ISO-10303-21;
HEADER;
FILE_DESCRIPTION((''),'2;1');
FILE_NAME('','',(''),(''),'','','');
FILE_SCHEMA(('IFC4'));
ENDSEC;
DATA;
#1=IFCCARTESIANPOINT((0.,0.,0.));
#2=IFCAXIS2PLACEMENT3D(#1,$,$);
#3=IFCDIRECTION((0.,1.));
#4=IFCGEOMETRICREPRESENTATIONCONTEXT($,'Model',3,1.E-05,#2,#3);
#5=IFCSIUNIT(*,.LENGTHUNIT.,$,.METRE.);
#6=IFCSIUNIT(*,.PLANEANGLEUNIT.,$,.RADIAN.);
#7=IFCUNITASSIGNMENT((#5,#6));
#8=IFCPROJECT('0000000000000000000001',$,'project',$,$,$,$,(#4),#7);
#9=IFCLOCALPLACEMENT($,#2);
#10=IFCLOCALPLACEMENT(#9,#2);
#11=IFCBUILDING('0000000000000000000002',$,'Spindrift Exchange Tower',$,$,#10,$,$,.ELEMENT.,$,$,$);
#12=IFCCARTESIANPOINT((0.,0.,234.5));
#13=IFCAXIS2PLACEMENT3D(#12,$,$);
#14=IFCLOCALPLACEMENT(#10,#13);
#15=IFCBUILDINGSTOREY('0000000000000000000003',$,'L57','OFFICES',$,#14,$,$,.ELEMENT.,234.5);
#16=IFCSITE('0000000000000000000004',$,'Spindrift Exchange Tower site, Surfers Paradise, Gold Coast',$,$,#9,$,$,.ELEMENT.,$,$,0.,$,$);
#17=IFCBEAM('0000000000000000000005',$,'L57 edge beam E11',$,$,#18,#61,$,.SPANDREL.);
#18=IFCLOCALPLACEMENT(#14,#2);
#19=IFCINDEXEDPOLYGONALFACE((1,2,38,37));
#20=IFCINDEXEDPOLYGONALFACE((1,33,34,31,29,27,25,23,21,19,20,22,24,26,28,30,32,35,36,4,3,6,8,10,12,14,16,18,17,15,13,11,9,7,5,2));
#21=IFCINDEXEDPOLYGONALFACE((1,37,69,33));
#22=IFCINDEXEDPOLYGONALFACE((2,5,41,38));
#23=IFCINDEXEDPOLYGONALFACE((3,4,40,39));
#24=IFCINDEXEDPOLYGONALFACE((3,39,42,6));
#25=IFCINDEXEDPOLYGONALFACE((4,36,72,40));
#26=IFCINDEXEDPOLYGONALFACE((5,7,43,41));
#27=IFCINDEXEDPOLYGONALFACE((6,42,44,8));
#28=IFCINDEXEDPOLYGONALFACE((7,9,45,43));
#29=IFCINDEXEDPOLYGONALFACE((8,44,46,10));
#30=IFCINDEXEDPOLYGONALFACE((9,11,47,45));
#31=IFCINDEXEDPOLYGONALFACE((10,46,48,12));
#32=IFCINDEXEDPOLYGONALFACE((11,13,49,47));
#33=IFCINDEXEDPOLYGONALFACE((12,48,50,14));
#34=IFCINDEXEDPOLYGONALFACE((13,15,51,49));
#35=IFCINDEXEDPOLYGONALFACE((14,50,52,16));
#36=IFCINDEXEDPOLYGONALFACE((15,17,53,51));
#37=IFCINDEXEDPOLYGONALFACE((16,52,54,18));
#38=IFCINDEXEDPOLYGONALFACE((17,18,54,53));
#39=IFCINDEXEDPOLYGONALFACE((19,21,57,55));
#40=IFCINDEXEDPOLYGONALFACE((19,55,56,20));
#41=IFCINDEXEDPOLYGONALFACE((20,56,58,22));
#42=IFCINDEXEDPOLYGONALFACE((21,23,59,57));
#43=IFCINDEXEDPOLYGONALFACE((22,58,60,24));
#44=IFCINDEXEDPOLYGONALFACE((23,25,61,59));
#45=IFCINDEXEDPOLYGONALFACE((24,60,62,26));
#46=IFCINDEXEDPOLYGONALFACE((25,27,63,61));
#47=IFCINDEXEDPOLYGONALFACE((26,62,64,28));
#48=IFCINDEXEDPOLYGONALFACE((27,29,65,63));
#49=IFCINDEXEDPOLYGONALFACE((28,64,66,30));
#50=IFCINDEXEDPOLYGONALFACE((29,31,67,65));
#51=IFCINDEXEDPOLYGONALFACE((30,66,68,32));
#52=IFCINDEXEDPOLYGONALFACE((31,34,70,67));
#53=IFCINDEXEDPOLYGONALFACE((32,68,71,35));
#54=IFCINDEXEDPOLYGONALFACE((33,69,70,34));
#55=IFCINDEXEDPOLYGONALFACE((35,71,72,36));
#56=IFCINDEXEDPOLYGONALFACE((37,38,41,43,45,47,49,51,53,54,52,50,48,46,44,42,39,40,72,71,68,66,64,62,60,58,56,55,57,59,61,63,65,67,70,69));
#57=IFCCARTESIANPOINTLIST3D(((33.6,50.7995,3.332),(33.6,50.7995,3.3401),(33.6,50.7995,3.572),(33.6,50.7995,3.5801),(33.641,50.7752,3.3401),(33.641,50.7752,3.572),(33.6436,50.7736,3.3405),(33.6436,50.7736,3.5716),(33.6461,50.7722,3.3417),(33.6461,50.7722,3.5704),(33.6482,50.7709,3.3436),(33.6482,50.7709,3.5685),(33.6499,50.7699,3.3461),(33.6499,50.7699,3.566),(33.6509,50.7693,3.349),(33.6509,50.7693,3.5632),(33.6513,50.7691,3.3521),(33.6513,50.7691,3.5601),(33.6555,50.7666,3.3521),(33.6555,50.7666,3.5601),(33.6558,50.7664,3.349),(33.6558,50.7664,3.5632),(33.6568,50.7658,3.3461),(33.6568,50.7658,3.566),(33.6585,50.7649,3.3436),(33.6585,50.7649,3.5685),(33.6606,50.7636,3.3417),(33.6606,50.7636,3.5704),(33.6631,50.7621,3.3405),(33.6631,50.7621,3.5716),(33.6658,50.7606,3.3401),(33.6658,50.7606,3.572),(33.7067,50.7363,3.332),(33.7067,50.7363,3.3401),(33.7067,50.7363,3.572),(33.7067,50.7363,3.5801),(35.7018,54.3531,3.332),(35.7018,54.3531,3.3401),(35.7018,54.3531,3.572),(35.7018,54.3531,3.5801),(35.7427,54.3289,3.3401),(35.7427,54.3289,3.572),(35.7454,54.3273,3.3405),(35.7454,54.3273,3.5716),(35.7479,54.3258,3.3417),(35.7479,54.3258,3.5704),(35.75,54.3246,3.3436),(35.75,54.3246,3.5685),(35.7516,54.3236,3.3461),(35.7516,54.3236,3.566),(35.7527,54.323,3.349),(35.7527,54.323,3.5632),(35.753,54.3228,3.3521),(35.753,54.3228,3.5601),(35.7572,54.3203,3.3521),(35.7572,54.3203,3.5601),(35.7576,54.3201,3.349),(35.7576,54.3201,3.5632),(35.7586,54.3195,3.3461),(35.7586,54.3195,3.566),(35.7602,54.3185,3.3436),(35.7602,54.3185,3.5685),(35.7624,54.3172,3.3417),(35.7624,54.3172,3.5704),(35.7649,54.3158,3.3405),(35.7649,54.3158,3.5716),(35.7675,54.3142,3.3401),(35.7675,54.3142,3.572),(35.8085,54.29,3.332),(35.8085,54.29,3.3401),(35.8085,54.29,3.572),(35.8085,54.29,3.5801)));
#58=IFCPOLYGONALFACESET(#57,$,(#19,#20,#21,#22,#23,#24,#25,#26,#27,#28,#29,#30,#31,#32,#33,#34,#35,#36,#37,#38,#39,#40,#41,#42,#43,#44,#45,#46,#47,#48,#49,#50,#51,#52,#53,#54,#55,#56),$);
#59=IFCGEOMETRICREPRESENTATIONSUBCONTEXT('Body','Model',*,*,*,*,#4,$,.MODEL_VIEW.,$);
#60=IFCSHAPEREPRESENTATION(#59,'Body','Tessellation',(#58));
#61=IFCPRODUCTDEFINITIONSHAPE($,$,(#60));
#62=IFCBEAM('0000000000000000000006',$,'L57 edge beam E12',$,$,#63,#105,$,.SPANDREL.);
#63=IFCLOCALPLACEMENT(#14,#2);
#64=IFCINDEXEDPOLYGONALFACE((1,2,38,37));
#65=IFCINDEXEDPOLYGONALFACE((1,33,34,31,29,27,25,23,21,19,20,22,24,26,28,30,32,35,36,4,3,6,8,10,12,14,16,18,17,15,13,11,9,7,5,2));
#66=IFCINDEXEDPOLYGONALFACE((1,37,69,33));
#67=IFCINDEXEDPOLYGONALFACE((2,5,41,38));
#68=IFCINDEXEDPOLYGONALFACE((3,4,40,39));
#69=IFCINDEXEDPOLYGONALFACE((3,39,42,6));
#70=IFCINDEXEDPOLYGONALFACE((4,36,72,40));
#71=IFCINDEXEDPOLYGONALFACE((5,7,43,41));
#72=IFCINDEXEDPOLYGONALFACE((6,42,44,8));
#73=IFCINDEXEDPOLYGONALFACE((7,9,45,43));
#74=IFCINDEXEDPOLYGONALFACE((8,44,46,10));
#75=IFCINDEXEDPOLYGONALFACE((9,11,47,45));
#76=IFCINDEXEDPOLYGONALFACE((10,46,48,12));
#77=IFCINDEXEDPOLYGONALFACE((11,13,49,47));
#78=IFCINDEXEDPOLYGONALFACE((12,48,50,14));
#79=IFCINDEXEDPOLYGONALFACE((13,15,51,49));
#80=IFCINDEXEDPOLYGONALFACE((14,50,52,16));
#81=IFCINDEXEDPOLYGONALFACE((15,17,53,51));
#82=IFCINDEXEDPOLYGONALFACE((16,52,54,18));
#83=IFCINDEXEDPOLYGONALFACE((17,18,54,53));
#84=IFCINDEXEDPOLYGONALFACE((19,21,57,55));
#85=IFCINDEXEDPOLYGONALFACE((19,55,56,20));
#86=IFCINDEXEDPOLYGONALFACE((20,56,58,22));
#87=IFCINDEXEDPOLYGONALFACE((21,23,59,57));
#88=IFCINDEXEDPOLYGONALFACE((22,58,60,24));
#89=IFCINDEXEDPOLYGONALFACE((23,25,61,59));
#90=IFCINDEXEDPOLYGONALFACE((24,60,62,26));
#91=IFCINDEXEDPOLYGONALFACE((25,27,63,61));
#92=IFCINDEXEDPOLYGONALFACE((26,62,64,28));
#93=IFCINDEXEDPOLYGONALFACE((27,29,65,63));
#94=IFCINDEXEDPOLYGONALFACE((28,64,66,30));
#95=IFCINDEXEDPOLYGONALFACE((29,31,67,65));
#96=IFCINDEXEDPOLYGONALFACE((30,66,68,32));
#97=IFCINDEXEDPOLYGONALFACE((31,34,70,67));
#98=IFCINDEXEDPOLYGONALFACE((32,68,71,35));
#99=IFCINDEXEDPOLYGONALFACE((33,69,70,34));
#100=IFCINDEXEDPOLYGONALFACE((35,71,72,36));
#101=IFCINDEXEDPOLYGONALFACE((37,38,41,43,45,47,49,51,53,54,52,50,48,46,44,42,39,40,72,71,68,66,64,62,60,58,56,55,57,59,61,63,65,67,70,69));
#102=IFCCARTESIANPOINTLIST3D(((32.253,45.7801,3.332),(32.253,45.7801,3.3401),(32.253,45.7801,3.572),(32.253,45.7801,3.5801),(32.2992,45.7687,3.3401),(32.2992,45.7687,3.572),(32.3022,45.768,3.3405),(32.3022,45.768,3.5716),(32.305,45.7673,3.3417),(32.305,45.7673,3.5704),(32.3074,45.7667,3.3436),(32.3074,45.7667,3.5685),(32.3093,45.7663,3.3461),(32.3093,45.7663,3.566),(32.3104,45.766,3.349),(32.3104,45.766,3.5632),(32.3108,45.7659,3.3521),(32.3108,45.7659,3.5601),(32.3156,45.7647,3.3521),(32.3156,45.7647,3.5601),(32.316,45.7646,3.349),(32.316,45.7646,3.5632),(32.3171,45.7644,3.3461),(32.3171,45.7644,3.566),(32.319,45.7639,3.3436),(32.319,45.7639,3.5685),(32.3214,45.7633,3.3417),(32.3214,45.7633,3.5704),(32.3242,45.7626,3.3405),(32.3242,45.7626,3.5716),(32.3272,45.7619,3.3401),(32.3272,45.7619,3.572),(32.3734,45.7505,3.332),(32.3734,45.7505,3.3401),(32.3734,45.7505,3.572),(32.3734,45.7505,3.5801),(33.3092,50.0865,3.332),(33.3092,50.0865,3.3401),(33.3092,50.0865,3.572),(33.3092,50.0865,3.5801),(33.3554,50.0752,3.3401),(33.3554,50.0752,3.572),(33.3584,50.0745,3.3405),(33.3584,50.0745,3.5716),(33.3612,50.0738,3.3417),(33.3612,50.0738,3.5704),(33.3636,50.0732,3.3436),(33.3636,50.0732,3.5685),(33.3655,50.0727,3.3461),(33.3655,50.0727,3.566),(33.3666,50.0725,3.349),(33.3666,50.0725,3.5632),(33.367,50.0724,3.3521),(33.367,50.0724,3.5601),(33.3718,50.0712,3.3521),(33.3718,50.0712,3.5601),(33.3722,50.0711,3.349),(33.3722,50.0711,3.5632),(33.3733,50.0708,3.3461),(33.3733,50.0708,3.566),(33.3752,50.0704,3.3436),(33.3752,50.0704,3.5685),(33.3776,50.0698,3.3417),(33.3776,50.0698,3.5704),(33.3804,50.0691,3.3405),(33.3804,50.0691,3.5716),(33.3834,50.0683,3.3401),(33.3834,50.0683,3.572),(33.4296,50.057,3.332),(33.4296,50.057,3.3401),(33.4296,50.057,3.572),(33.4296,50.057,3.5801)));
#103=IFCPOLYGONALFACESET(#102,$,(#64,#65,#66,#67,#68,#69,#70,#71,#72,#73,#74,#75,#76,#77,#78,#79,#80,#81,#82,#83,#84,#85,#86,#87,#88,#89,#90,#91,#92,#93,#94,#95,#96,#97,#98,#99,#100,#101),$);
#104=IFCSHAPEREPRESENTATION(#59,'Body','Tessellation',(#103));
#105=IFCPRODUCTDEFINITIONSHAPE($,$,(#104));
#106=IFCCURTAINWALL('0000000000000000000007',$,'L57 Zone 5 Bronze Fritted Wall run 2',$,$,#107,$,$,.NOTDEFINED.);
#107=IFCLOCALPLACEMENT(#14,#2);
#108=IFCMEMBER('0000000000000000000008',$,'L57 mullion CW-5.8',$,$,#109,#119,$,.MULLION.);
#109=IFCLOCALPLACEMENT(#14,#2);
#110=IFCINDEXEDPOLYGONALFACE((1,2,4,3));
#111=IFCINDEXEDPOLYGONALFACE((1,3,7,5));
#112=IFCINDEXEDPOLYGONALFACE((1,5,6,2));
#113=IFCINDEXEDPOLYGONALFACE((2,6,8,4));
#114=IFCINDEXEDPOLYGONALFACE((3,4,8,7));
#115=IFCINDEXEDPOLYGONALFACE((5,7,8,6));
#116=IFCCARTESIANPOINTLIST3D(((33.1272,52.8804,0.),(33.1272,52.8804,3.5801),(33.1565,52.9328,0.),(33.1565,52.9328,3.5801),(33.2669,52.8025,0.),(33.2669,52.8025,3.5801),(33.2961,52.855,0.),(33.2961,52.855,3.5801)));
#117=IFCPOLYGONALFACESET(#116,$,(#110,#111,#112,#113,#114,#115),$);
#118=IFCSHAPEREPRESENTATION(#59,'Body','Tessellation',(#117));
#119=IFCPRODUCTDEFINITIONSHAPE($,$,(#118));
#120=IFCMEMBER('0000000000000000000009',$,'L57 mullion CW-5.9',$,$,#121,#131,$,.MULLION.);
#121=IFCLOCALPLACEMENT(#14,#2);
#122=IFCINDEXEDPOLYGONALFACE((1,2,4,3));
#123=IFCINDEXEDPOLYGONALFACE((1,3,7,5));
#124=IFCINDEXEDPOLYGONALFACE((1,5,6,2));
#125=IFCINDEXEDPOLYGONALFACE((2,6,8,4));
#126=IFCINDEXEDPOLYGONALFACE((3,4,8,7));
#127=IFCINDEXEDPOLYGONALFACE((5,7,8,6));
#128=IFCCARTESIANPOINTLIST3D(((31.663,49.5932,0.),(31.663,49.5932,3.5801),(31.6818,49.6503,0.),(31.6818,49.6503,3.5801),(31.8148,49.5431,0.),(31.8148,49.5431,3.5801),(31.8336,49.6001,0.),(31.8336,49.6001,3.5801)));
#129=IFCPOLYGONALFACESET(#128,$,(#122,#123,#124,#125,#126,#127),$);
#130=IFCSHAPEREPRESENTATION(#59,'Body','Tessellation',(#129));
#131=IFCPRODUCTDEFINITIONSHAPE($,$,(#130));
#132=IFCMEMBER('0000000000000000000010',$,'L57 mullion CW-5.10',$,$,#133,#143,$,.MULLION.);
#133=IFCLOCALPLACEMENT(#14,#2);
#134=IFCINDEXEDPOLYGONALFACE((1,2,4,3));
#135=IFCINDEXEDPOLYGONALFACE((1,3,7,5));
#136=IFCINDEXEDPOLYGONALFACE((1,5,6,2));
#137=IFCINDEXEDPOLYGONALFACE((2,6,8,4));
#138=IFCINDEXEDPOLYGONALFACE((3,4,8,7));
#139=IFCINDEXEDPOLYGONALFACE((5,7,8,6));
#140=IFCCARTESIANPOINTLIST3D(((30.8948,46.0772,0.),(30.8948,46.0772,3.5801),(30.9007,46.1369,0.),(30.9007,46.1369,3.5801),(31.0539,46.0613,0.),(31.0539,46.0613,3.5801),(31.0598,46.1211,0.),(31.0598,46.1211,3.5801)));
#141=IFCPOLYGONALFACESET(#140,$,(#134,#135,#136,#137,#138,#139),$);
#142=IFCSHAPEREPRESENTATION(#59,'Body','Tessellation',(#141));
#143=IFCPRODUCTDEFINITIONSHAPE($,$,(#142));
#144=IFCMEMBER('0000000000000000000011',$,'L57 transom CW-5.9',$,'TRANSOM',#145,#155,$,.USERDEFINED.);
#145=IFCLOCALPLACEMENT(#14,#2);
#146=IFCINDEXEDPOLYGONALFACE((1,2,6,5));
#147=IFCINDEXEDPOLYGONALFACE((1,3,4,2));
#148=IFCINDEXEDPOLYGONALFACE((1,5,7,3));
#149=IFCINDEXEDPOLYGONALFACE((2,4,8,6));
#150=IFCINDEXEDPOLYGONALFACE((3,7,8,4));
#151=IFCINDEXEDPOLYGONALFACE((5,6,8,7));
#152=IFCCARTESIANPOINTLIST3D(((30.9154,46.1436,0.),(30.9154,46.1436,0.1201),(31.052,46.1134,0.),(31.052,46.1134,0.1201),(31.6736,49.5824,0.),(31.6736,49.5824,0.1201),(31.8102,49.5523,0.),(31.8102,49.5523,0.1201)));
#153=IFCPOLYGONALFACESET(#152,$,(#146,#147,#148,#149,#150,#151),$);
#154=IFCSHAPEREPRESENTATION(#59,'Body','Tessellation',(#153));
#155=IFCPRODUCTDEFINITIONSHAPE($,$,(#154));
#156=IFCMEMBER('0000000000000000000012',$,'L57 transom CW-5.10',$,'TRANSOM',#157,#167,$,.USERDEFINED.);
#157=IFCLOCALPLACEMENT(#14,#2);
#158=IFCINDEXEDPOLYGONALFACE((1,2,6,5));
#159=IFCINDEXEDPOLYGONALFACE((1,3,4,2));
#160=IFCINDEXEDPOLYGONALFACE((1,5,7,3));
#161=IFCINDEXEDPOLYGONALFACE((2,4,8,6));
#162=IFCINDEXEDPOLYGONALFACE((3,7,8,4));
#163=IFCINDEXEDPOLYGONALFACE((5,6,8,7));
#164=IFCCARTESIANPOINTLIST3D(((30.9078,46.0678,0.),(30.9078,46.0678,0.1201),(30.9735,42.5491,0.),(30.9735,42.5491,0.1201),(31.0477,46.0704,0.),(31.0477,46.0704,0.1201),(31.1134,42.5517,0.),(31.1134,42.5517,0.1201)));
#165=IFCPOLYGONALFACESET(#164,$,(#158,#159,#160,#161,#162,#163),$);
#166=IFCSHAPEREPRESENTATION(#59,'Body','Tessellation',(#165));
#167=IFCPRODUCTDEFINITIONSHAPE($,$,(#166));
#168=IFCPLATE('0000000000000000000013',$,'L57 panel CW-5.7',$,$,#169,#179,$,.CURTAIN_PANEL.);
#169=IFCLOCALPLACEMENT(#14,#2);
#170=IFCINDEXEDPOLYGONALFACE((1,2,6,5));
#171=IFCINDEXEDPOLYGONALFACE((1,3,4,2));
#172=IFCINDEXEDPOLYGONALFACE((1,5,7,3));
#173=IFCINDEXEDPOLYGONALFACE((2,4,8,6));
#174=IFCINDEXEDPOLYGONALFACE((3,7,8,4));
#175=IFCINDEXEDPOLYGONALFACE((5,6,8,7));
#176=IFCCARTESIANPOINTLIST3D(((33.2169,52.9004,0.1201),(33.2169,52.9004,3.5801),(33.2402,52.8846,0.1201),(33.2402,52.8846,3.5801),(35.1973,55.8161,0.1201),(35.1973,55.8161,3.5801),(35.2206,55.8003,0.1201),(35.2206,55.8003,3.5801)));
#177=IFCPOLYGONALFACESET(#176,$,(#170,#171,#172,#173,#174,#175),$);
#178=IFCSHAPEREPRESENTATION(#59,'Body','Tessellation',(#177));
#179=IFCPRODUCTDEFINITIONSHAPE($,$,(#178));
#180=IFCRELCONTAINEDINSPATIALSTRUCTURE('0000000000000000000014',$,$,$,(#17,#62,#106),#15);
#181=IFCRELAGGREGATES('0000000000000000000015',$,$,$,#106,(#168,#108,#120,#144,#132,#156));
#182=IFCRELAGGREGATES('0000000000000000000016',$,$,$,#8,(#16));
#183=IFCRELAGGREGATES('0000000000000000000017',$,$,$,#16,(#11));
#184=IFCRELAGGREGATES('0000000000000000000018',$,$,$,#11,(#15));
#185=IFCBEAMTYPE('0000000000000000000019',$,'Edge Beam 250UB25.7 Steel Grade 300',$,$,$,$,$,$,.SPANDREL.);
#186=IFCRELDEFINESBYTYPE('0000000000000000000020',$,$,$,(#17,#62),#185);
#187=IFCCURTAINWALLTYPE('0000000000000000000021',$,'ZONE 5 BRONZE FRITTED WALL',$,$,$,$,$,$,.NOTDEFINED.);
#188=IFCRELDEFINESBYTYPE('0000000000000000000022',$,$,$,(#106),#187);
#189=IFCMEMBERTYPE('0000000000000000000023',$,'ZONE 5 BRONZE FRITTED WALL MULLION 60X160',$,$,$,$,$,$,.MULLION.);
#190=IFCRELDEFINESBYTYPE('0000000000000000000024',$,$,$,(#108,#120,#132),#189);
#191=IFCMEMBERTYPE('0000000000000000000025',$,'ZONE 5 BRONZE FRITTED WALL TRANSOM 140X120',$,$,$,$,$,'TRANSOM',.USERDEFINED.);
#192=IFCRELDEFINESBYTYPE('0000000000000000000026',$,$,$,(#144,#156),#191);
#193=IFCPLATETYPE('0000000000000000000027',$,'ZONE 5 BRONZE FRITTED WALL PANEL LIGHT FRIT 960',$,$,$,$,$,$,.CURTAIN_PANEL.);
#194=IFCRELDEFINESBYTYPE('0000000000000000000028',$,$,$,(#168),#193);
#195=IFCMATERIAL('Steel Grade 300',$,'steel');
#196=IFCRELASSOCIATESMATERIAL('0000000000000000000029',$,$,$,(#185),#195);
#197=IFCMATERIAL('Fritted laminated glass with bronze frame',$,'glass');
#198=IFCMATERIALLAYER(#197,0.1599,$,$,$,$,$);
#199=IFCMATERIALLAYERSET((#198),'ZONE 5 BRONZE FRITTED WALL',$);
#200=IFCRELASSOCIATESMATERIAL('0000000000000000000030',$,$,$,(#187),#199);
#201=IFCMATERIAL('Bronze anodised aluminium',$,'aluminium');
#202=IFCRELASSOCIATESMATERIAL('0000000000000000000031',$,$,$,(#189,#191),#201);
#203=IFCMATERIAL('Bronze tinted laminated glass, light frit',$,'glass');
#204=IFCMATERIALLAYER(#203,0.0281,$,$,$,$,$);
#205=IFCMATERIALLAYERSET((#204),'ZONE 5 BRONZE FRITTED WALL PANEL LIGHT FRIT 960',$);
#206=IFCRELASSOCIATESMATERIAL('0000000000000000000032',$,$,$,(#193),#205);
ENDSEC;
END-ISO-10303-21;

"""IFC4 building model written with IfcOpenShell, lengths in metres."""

from ifc_helpers import new_model, si_unit, direction, frame, origin, origin_2d, place, context, subcontext, project, spatial, rectangle, i_section, extrude, source, transform, mapped, material, layer, layer_set, material_profile, profile_set, type_object, element, aggregate, save


model = new_model("IFC4")

# Units and contexts
model_context = context("Model", 3, precision=1e-05, world=origin(), true_north=direction((0.0, 1.0)))
body_context = subcontext(model_context, "Body", "Model", "MODEL_VIEW")
ifc_project = project(units=[si_unit("LENGTHUNIT", "METRE"), si_unit("PLANEANGLEUNIT", "RADIAN")], contexts=[model_context])

# Site, building, storey
site_placement = place(None, origin())
site = spatial("IfcSite", under=ifc_project, at=site_placement, Name="Spindrift Exchange Tower site, Surfers Paradise, Gold Coast", CompositionType="ELEMENT", RefElevation=0.0)
building_placement = place(site_placement, origin())
building = spatial("IfcBuilding", under=site, at=building_placement, Name="Spindrift Exchange Tower", CompositionType="ELEMENT")
storey_placement = place(building_placement, frame((0.0, 0.0, 234.5)))
storey = spatial("IfcBuildingStorey", under=building, at=storey_placement, Name="L57", Description="OFFICES", CompositionType="ELEMENT", Elevation=234.5)

# Beams
ifc_material_1 = material(Name="Steel Grade 300", Category="steel")
ifc_material_profile_1 = material_profile(ifc_material_1, i_section(OverallWidth=0.124, OverallDepth=0.248, WebThickness=0.0049, FlangeThickness=0.0081, FilletRadius=0.012, at=origin_2d()), Name="250UB25.7")
ifc_profile_set_1 = profile_set([ifc_material_profile_1], Name="Steel Grade 300")
beam_type_1 = type_object("IfcBeamType", Name="Edge Beam 250UB25.7 Steel Grade 300", PredefinedType="SPANDREL", material=ifc_profile_set_1)
shared_shape_1 = source(origin(), body_context, "Body", "SweptSolid", [
    extrude(i_section(OverallWidth=0.124, OverallDepth=0.248, WebThickness=0.0049, FlangeThickness=0.0081, FilletRadius=0.012, at=origin_2d()), origin(), (0.0, 0.0, 1.0), 4.1287),
])
beam_1_placement = place(storey_placement, frame((35.7551, 54.3215, 3.4561), z_axis=(-0.509068, -0.860726, 0.0), x_axis=(0.860726, -0.509068, 0.0)))
element("IfcBeam", 1, at=beam_1_placement, inside=storey, type_object=beam_type_1, Name="L57 edge beam E11", PredefinedType="SPANDREL", context=body_context, shape_type="MappedRepresentation", body=[
    mapped(shared_shape_1, transform((0.0, 0.0, 0.0), scale=1.0)),
])
shared_shape_2 = source(origin(), body_context, "Body", "SweptSolid", [
    extrude(i_section(OverallWidth=0.124, OverallDepth=0.248, WebThickness=0.0049, FlangeThickness=0.0081, FilletRadius=0.012, at=origin_2d()), origin(), (0.0, 0.0, 1.0), 4.4341),
])
beam_2_placement = place(storey_placement, frame((33.3694, 50.0718, 3.4561), z_axis=(-0.238193, -0.971218, 0.0), x_axis=(0.971218, -0.238193, 0.0)))
element("IfcBeam", 2, at=beam_2_placement, inside=storey, type_object=beam_type_1, Name="L57 edge beam E12", PredefinedType="SPANDREL", context=body_context, shape_type="MappedRepresentation", body=[
    mapped(shared_shape_2, transform((0.0, 0.0, 0.0), scale=1.0)),
])

# Curtain wall, members, plate
ifc_material_2 = material(Name="Fritted laminated glass with bronze frame", Category="glass")
ifc_layer_1 = layer(ifc_material_2, 0.1599)
ifc_layer_set_1 = layer_set([ifc_layer_1], Name="ZONE 5 BRONZE FRITTED WALL")
curtain_wall_type = type_object("IfcCurtainWallType", Name="ZONE 5 BRONZE FRITTED WALL", PredefinedType="NOTDEFINED", material=ifc_layer_set_1)
curtain_wall_placement = place(storey_placement, origin())
curtain_wall = element("IfcCurtainWall", 3, at=curtain_wall_placement, inside=storey, type_object=curtain_wall_type, Name="L57 Zone 5 Bronze Fritted Wall run 2", PredefinedType="NOTDEFINED")
ifc_material_3 = material(Name="Bronze anodised aluminium", Category="aluminium")
ifc_material_profile_2 = material_profile(ifc_material_3, rectangle(XDim=0.0601, YDim=0.1599, at=origin_2d()), Name="ZONE 5 BRONZE FRITTED WALL MULLION 60X160")
ifc_profile_set_2 = profile_set([ifc_material_profile_2], Name="Bronze anodised aluminium")
member_type_1 = type_object("IfcMemberType", Name="ZONE 5 BRONZE FRITTED WALL MULLION 60X160", PredefinedType="MULLION", material=ifc_profile_set_2)
shared_shape_3 = source(origin(), body_context, "Body", "SweptSolid", [
    extrude(rectangle(XDim=0.0601, YDim=0.1599, at=origin_2d()), origin(), (0.0, 0.0, 1.0), 3.5801),
])
member_1_placement = place(storey_placement, frame((33.2117, 52.8677, 0.0), z_axis=(0.0, 0.0, 1.0), x_axis=(-0.487009, -0.873397, 0.0)))
member_1 = element("IfcMember", 4, at=member_1_placement, type_object=member_type_1, Name="L57 mullion CW-5.8", PredefinedType="MULLION", context=body_context, shape_type="MappedRepresentation", body=[
    mapped(shared_shape_3, transform((0.0, 0.0, 0.0), scale=1.0)),
])
member_2_placement = place(storey_placement, frame((31.7483, 49.5967, 0.0), z_axis=(0.0, 0.0, 1.0), x_axis=(-0.313464, -0.9496, 0.0)))
member_2 = element("IfcMember", 5, at=member_2_placement, type_object=member_type_1, Name="L57 mullion CW-5.9", PredefinedType="MULLION", context=body_context, shape_type="MappedRepresentation", body=[
    mapped(shared_shape_3, transform((0.0, 0.0, 0.0), scale=1.0)),
])
member_3_placement = place(storey_placement, frame((30.9773, 46.0991, 0.0), z_axis=(0.0, 0.0, 1.0), x_axis=(-0.098992, -0.995088, 0.0)))
member_3 = element("IfcMember", 6, at=member_3_placement, type_object=member_type_1, Name="L57 mullion CW-5.10", PredefinedType="MULLION", context=body_context, shape_type="MappedRepresentation", body=[
    mapped(shared_shape_3, transform((0.0, 0.0, 0.0), scale=1.0)),
])
ifc_material_profile_3 = material_profile(ifc_material_3, rectangle(XDim=0.1399, YDim=0.1201, at=origin_2d()), Name="ZONE 5 BRONZE FRITTED WALL TRANSOM 140X120")
ifc_profile_set_3 = profile_set([ifc_material_profile_3], Name="Bronze anodised aluminium")
member_type_2 = type_object("IfcMemberType", Name="ZONE 5 BRONZE FRITTED WALL TRANSOM 140X120", ElementType="TRANSOM", PredefinedType="USERDEFINED", material=ifc_profile_set_3)
shared_shape_4 = source(origin(), body_context, "Body", "SweptSolid", [
    extrude(rectangle(XDim=0.1399, YDim=0.1201, at=origin_2d()), origin(), (0.0, 0.0, 1.0), 3.5215),
])
member_4_placement = place(storey_placement, frame((31.7419, 49.5674, 0.0601), z_axis=(-0.21533, -0.976541, 0.0), x_axis=(0.976541, -0.21533, 0.0)))
member_4 = element("IfcMember", 7, at=member_4_placement, type_object=member_type_2, Name="L57 transom CW-5.9", ObjectType="TRANSOM", PredefinedType="USERDEFINED", context=body_context, shape_type="MappedRepresentation", body=[
    mapped(shared_shape_4, transform((0.0, 0.0, 0.0), scale=1.0)),
])
shared_shape_5 = source(origin(), body_context, "Body", "SweptSolid", [
    extrude(rectangle(XDim=0.1399, YDim=0.1201, at=origin_2d()), origin(), (0.0, 0.0, 1.0), 3.5193),
])
member_5_placement = place(storey_placement, frame((30.9778, 46.0691, 0.0601), z_axis=(0.018662, -0.999826, 0.0), x_axis=(0.999826, 0.018662, 0.0)))
member_5 = element("IfcMember", 8, at=member_5_placement, type_object=member_type_2, Name="L57 transom CW-5.10", ObjectType="TRANSOM", PredefinedType="USERDEFINED", context=body_context, shape_type="MappedRepresentation", body=[
    mapped(shared_shape_5, transform((0.0, 0.0, 0.0), scale=1.0)),
])
ifc_material_4 = material(Name="Bronze tinted laminated glass, light frit", Category="glass")
ifc_layer_2 = layer(ifc_material_4, 0.0281)
ifc_layer_set_2 = layer_set([ifc_layer_2], Name="ZONE 5 BRONZE FRITTED WALL PANEL LIGHT FRIT 960")
plate_type_1 = type_object("IfcPlateType", Name="ZONE 5 BRONZE FRITTED WALL PANEL LIGHT FRIT 960", PredefinedType="CURTAIN_PANEL", material=ifc_layer_set_2)
shared_shape_6 = source(origin(), body_context, "Body", "SweptSolid", [
    extrude(rectangle(XDim=3.5247, YDim=0.0281, at=origin_2d()), origin(), (0.0, 0.0, 1.0), 3.46),
])
plate_1_placement = place(storey_placement, frame((34.2188, 54.3503, 0.1201), z_axis=(0.0, 0.0, 1.0), x_axis=(-0.56187, -0.827226, 0.0)))
plate_1 = element("IfcPlate", 9, at=plate_1_placement, type_object=plate_type_1, Name="L57 panel CW-5.7", PredefinedType="CURTAIN_PANEL", context=body_context, shape_type="MappedRepresentation", body=[
    mapped(shared_shape_6, transform((0.0, 0.0, 0.0), scale=1.0)),
])
aggregate(curtain_wall, [plate_1, member_1, member_2, member_4, member_3, member_5])

save(model, "model.ifc")
